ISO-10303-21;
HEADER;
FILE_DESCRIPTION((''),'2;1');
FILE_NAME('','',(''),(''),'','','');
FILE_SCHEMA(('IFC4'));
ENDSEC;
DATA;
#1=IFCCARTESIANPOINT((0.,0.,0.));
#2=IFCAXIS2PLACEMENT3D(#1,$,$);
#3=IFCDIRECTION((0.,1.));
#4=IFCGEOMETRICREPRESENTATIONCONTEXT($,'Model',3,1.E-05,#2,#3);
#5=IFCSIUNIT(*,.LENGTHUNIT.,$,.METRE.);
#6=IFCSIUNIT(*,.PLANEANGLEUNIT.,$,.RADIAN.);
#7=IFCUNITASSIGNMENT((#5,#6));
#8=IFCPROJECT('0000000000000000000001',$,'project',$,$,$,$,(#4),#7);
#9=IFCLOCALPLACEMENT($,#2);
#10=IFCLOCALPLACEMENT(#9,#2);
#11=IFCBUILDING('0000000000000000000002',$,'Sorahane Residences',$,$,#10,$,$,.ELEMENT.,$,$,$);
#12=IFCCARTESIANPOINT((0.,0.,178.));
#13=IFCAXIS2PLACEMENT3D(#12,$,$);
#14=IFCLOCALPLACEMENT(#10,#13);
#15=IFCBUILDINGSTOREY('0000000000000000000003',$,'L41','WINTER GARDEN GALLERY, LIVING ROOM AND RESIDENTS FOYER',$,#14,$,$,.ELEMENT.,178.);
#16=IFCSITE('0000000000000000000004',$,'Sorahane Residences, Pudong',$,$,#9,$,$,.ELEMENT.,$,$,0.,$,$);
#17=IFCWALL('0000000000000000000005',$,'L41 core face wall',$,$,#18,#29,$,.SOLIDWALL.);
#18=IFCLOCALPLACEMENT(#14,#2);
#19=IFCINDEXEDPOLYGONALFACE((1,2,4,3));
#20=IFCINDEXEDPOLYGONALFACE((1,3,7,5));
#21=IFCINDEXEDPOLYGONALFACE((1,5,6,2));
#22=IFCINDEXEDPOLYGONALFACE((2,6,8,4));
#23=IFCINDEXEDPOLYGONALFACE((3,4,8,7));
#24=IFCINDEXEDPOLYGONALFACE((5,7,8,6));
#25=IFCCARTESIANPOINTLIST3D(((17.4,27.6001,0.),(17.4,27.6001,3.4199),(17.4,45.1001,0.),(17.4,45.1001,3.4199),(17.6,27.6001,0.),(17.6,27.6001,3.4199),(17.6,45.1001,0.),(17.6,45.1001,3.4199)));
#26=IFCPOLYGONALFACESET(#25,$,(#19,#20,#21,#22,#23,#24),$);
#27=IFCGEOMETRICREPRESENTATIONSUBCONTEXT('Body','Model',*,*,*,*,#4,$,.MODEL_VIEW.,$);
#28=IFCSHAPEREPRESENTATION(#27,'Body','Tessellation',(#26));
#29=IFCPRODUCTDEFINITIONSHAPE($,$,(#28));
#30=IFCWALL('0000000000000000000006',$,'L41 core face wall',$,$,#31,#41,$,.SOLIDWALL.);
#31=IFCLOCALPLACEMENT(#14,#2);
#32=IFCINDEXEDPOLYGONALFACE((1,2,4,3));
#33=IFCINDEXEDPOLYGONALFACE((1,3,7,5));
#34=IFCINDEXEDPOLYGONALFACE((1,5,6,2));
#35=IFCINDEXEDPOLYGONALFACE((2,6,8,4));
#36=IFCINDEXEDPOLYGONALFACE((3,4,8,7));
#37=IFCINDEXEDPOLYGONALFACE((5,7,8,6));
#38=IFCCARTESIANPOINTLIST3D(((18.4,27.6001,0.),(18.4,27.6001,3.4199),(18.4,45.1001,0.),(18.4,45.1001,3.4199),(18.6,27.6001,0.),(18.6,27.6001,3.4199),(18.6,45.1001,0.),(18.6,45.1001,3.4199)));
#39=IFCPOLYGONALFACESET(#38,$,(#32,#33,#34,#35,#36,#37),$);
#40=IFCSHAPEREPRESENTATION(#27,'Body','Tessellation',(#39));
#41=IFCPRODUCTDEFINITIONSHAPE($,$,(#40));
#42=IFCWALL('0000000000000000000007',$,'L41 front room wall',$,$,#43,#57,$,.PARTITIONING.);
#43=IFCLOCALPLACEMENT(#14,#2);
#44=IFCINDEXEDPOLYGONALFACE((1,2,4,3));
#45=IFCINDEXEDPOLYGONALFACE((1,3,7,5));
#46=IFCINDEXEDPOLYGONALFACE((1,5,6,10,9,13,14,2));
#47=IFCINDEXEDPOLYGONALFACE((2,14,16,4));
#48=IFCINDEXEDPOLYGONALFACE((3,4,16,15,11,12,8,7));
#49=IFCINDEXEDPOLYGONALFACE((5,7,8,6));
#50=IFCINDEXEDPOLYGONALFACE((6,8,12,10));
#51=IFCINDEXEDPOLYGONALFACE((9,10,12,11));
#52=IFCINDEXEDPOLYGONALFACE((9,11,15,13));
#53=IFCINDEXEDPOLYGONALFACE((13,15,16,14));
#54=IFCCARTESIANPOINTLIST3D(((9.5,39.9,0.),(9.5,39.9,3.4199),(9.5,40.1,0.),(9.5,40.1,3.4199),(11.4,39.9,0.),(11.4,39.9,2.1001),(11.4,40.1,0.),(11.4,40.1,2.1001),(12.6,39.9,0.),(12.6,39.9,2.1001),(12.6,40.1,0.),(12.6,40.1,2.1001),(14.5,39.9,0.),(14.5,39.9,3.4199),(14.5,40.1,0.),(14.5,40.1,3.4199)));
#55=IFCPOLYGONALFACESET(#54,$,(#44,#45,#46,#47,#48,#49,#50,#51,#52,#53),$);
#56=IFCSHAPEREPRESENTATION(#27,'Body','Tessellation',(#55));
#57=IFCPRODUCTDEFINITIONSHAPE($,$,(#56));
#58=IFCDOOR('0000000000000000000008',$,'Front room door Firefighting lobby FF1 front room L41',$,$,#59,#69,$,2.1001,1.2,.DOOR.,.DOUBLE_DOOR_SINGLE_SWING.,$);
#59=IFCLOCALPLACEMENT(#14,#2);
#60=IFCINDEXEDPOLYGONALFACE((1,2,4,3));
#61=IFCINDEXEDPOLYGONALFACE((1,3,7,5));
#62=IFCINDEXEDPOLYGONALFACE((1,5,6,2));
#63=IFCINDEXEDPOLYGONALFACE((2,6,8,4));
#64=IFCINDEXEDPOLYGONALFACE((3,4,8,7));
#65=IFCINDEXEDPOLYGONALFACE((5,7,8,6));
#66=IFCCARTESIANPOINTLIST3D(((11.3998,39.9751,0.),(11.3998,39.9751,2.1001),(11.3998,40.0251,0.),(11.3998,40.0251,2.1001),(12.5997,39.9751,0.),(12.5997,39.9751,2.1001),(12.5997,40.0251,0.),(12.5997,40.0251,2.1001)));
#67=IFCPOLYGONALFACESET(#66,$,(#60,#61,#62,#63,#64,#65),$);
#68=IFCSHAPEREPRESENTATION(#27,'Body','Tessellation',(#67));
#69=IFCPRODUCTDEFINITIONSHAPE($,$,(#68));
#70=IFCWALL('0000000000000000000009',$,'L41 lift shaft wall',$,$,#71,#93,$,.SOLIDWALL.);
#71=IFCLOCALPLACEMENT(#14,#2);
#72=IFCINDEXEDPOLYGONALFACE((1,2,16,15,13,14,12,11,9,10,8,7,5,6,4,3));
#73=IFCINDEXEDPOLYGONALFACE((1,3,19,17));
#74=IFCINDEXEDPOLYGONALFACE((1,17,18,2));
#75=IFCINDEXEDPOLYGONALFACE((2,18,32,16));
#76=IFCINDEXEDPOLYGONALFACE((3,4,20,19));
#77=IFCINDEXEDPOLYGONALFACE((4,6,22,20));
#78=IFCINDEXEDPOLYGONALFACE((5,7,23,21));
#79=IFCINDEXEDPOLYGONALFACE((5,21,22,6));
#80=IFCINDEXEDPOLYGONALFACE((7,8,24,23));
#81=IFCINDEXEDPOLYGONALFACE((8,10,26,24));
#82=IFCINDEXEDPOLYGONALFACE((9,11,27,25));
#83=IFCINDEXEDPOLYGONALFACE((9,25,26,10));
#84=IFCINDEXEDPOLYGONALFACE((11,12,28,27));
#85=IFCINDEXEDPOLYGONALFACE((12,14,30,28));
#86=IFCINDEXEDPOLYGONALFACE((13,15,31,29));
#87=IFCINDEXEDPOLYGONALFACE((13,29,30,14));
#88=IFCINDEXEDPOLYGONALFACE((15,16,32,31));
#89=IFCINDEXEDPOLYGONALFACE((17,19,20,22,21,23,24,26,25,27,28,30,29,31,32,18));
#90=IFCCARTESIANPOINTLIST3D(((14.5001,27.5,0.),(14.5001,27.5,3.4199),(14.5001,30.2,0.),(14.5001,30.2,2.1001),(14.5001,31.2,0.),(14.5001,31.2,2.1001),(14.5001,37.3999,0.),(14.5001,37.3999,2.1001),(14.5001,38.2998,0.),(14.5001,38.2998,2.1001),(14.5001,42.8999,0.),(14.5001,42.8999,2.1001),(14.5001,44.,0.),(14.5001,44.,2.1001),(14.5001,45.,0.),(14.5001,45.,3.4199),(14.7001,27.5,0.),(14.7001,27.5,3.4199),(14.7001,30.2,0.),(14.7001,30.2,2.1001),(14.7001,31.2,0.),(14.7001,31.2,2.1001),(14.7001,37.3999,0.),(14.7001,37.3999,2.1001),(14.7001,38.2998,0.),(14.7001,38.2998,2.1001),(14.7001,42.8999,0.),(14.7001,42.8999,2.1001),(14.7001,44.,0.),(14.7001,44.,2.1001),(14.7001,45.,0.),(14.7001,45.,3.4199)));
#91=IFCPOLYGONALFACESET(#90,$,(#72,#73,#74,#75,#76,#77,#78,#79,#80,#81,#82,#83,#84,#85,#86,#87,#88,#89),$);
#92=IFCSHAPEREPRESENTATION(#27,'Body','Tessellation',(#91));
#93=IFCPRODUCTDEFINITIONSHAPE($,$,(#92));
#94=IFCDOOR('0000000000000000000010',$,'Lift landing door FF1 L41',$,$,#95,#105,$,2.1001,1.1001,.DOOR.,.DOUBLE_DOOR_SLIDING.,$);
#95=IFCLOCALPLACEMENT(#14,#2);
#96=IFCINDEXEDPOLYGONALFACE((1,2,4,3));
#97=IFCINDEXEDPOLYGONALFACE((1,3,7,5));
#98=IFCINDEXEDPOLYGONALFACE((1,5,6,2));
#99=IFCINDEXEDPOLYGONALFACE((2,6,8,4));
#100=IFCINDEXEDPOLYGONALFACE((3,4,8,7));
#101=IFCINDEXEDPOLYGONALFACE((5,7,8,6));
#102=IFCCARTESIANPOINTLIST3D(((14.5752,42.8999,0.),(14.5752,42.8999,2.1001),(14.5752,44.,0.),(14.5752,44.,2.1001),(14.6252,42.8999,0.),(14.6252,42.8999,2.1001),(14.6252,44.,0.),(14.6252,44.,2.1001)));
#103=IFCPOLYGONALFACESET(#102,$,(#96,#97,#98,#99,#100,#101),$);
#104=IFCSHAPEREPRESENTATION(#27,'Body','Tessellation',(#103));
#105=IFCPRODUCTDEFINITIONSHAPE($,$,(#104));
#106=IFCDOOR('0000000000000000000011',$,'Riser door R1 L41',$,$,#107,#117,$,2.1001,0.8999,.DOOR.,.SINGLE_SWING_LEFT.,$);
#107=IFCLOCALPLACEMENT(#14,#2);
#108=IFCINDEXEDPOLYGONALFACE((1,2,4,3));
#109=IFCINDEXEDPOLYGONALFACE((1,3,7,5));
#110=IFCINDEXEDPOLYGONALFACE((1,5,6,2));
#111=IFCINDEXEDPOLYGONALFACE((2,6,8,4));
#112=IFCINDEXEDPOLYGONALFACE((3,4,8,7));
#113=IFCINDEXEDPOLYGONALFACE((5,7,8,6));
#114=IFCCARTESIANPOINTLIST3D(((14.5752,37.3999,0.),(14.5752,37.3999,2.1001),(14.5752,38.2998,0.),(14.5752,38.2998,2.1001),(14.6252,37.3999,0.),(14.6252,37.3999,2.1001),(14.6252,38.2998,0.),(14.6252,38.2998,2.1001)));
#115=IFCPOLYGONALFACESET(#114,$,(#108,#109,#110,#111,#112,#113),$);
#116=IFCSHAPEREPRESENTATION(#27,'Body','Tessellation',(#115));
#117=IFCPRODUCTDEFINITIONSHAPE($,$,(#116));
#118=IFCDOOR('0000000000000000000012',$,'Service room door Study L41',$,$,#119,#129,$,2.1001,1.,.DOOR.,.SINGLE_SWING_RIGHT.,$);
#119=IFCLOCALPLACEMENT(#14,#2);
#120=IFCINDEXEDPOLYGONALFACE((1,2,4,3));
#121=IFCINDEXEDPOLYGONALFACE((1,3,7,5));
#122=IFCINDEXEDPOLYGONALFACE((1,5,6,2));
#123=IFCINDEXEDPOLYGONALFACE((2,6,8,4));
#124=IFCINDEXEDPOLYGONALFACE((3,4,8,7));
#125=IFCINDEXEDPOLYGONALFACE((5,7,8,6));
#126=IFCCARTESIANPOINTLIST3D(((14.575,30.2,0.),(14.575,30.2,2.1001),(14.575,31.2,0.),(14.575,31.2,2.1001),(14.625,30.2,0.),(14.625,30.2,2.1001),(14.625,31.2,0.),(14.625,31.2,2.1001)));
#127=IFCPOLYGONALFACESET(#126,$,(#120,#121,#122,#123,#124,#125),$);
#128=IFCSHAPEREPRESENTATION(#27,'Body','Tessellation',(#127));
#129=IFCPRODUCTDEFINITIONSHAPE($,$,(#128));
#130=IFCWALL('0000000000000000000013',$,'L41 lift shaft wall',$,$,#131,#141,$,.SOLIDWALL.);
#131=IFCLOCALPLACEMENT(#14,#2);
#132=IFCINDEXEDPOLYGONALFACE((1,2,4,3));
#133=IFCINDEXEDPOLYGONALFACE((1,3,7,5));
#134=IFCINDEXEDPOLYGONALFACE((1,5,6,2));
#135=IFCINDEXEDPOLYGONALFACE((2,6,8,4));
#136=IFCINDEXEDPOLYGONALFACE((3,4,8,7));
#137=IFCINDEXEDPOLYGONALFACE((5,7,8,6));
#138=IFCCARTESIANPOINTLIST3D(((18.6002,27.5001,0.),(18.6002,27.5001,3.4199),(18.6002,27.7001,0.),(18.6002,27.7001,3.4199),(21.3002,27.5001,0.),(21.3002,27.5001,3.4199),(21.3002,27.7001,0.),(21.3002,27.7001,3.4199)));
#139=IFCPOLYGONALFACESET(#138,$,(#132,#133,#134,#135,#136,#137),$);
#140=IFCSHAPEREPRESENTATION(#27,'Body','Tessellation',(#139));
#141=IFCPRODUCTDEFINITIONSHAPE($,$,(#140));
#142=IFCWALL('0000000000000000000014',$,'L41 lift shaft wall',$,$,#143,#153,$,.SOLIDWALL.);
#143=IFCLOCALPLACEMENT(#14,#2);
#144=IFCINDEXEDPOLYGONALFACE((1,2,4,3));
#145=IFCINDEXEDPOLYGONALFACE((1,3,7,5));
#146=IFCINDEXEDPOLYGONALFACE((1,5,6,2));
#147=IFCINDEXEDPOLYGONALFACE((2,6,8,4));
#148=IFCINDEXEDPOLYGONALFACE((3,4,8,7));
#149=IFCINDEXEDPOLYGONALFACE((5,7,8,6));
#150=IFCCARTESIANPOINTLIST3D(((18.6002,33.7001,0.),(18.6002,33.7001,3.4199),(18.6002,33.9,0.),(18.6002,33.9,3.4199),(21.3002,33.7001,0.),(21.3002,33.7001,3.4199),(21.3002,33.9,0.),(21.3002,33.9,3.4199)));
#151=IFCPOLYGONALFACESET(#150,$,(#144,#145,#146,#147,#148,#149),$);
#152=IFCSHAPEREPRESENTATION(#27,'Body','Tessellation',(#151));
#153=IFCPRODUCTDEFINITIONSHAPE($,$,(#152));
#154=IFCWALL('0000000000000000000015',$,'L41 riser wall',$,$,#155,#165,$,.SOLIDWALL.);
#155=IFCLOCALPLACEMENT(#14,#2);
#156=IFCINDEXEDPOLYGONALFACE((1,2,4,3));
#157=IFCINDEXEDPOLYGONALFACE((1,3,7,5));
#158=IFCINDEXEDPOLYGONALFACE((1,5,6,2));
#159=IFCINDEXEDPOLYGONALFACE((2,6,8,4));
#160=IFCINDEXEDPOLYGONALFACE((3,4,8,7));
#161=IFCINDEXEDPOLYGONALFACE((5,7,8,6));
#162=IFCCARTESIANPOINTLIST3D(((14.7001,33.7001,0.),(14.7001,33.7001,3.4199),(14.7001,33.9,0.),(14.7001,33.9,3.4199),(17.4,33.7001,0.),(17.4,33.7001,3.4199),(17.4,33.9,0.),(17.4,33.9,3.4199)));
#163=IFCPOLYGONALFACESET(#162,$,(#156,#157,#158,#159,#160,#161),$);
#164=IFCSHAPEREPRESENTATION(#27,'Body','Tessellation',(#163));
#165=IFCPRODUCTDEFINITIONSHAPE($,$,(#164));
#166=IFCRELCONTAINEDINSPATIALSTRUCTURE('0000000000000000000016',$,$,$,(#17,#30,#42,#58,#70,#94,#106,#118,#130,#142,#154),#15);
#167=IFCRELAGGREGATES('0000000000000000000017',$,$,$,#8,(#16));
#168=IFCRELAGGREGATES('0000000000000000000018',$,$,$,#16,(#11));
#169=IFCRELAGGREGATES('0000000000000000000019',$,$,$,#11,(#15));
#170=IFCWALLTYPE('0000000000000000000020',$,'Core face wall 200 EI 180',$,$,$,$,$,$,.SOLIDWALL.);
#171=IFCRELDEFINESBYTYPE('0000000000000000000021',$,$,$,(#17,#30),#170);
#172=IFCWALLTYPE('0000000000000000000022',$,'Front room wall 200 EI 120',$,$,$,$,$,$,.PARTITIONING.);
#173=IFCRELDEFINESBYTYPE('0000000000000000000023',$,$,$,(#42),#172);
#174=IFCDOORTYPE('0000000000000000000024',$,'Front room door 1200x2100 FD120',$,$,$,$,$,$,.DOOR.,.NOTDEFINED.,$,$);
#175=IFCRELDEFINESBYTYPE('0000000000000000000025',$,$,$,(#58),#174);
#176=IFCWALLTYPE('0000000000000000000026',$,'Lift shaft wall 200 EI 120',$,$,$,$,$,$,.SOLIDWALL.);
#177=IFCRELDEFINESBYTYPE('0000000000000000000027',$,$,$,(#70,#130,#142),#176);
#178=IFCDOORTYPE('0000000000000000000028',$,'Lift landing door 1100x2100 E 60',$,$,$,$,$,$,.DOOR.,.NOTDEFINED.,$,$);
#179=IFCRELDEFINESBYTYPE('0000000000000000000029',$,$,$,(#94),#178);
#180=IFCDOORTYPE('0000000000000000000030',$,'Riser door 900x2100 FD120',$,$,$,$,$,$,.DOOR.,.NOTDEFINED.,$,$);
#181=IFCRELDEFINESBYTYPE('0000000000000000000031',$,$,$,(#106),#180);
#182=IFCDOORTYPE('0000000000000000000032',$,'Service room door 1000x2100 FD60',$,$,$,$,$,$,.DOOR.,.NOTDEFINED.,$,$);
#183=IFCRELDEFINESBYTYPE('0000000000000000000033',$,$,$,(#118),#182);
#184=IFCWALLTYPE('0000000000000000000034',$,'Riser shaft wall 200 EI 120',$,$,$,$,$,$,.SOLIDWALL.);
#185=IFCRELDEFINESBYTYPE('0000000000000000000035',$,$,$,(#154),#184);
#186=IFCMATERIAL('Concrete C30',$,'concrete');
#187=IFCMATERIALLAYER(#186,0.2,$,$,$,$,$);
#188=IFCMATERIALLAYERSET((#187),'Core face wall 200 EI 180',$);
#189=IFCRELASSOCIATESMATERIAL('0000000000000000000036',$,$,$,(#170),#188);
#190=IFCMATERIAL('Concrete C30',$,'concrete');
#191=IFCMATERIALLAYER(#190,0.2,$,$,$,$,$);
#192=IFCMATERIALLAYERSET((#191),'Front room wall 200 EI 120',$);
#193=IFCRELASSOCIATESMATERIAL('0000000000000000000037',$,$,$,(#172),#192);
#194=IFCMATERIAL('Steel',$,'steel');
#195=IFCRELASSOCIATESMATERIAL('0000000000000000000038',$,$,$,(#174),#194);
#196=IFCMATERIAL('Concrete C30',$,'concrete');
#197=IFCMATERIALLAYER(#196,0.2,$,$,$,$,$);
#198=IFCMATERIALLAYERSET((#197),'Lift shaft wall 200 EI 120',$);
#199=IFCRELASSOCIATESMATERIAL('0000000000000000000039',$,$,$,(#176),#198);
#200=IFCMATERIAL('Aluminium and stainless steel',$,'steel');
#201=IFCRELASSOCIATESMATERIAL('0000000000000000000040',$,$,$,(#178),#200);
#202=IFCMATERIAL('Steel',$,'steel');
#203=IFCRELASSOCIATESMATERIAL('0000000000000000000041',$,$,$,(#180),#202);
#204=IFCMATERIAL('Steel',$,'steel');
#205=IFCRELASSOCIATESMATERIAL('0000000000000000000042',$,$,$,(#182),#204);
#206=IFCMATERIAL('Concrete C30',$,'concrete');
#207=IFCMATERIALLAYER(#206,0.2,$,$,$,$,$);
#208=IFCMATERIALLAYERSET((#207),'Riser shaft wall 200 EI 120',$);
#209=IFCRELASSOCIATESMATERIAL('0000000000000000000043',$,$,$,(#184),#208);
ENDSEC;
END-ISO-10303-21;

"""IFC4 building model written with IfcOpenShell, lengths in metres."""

from ifc_helpers import new_model, si_unit, direction, frame, frame_2d, origin, place, context, subcontext, project, spatial, rectangle, extrude, material, layer, layer_set, type_object, element, fill, save


model = new_model("IFC4")

# Units and contexts
model_context = context("Model", 3, precision=1e-05, world=origin(), true_north=direction((0.0, 1.0)))
body_context = subcontext(model_context, "Body", "Model", "MODEL_VIEW")
ifc_project = project(units=[si_unit("LENGTHUNIT", "METRE"), si_unit("PLANEANGLEUNIT", "RADIAN")], contexts=[model_context])

# Site, building, storey
site_placement = place(None, origin())
site = spatial("IfcSite", under=ifc_project, at=site_placement, Name="Sorahane Residences, Pudong", CompositionType="ELEMENT", RefElevation=0.0)
building_placement = place(site_placement, origin())
building = spatial("IfcBuilding", under=site, at=building_placement, Name="Sorahane Residences", CompositionType="ELEMENT")
storey_placement = place(building_placement, frame((0.0, 0.0, 178.0)))
storey = spatial("IfcBuildingStorey", under=building, at=storey_placement, Name="L41", Description="WINTER GARDEN GALLERY, LIVING ROOM AND RESIDENTS FOYER", CompositionType="ELEMENT", Elevation=178.0)

# Walls
ifc_material_1 = material(Name="Concrete C30", Category="concrete")
ifc_layer_1 = layer(ifc_material_1, 0.2)
ifc_layer_set_1 = layer_set([ifc_layer_1], Name="Core face wall 200 EI 180")
wall_type_1 = type_object("IfcWallType", Name="Core face wall 200 EI 180", PredefinedType="SOLIDWALL", material=ifc_layer_set_1)
for number, where, z_axis, x_axis, name in (
    (1, (17.5, 27.6001, 0.0), (0.0, 0.0, 1.0), (0.0, 1.0, 0.0), "L41 core face wall"),
    (2, (18.5, 27.6001, 0.0), (0.0, 0.0, 1.0), (0.0, 1.0, 0.0), "L41 core face wall"),
):
    element("IfcWall", number, at=place(storey_placement, frame(where, z_axis=z_axis, x_axis=x_axis)), inside=storey, type_object=wall_type_1, Name=name, PredefinedType="SOLIDWALL", context=body_context, shape_type="SweptSolid", body=[
        extrude(rectangle(XDim=17.5, YDim=0.2, at=frame_2d((8.75, 0.0))), origin(), (0.0, 0.0, 1.0), 3.4199),
    ])

# Wall, opening, door
ifc_material_2 = material(Name="Concrete C30", Category="concrete")
ifc_layer_2 = layer(ifc_material_2, 0.2)
ifc_layer_set_2 = layer_set([ifc_layer_2], Name="Front room wall 200 EI 120")
wall_type_2 = type_object("IfcWallType", Name="Front room wall 200 EI 120", PredefinedType="PARTITIONING", material=ifc_layer_set_2)
wall_1_placement = place(storey_placement, frame((9.5, 40.0, 0.0), z_axis=(0.0, 0.0, 1.0), x_axis=(1.0, 0.0, 0.0)))
wall_1 = element("IfcWall", 3, at=wall_1_placement, inside=storey, type_object=wall_type_2, Name="L41 front room wall", PredefinedType="PARTITIONING", context=body_context, shape_type="SweptSolid", body=[
    extrude(rectangle(XDim=5.0, YDim=0.2, at=frame_2d((2.5, 0.0))), origin(), (0.0, 0.0, 1.0), 3.4199),
])
opening_1_placement = place(wall_1_placement, frame((1.8999, 0.0, 0.0)))
opening_1 = element("IfcOpeningElement", 4, at=opening_1_placement, cuts=wall_1, PredefinedType="OPENING", context=body_context, shape_type="SweptSolid", body=[
    extrude(rectangle(XDim=1.2, YDim=2.1001, at=frame_2d((0.6001, 1.05))), frame((0.0, 0.1099, 0.0), z_axis=(0.0, -1.0, 0.0), x_axis=(1.0, 0.0, 0.0)), (0.0, 0.0, 1.0), 0.22),
])
ifc_material_3 = material(Name="Steel", Category="steel")
door_type_1 = type_object("IfcDoorType", Name="Front room door 1200x2100 FD120", OperationType="NOTDEFINED", PredefinedType="DOOR", material=ifc_material_3)
door_1_placement = place(opening_1_placement, frame((1.2, 0.0, 0.0), z_axis=(0.0, 0.0, 1.0), x_axis=(-1.0, 0.0, 0.0)))
door_1 = element("IfcDoor", 5, at=door_1_placement, inside=storey, type_object=door_type_1, Name="Front room door Firefighting lobby FF1 front room L41", OperationType="DOUBLE_DOOR_SINGLE_SWING", OverallHeight=2.1001, OverallWidth=1.2, PredefinedType="DOOR", context=body_context, shape_type="SweptSolid", body=[
    extrude(rectangle(XDim=1.2, YDim=2.1001, at=frame_2d((0.6001, 1.05))), frame((0.0, 0.0249, 0.0), z_axis=(0.0, -1.0, 0.0), x_axis=(1.0, 0.0, 0.0)), (0.0, 0.0, 1.0), 0.05),
])
fill(opening_1, door_1)

# Wall, openings, doors
ifc_material_4 = material(Name="Concrete C30", Category="concrete")
ifc_layer_3 = layer(ifc_material_4, 0.2)
ifc_layer_set_3 = layer_set([ifc_layer_3], Name="Lift shaft wall 200 EI 120")
wall_type_3 = type_object("IfcWallType", Name="Lift shaft wall 200 EI 120", PredefinedType="SOLIDWALL", material=ifc_layer_set_3)
wall_2_placement = place(storey_placement, frame((14.6001, 27.5, 0.0), z_axis=(0.0, 0.0, 1.0), x_axis=(0.0, 1.0, 0.0)))
wall_2 = element("IfcWall", 6, at=wall_2_placement, inside=storey, type_object=wall_type_3, Name="L41 lift shaft wall", PredefinedType="SOLIDWALL", context=body_context, shape_type="SweptSolid", body=[
    extrude(rectangle(XDim=17.5, YDim=0.2, at=frame_2d((8.75, 0.0))), origin(), (0.0, 0.0, 1.0), 3.4199),
])
opening_2_placement = place(wall_2_placement, frame((15.3999, 0.0, 0.0)))
opening_2 = element("IfcOpeningElement", 7, at=opening_2_placement, cuts=wall_2, PredefinedType="OPENING", context=body_context, shape_type="SweptSolid", body=[
    extrude(rectangle(XDim=1.1001, YDim=2.1001, at=frame_2d((0.55, 1.05))), frame((0.0, 0.1099, 0.0), z_axis=(0.0, -1.0, 0.0), x_axis=(1.0, 0.0, 0.0)), (0.0, 0.0, 1.0), 0.22),
])
opening_3_placement = place(wall_2_placement, frame((2.7, 0.0, 0.0)))
opening_3 = element("IfcOpeningElement", 8, at=opening_3_placement, cuts=wall_2, PredefinedType="OPENING", context=body_context, shape_type="SweptSolid", body=[
    extrude(rectangle(XDim=1.0, YDim=2.1001, at=frame_2d((0.5, 1.05))), frame((0.0, 0.1099, 0.0), z_axis=(0.0, -1.0, 0.0), x_axis=(1.0, 0.0, 0.0)), (0.0, 0.0, 1.0), 0.22),
])
opening_4_placement = place(wall_2_placement, frame((9.8999, 0.0, 0.0)))
opening_4 = element("IfcOpeningElement", 9, at=opening_4_placement, cuts=wall_2, PredefinedType="OPENING", context=body_context, shape_type="SweptSolid", body=[
    extrude(rectangle(XDim=0.8999, YDim=2.1001, at=frame_2d((0.45, 1.05))), frame((0.0, 0.1099, 0.0), z_axis=(0.0, -1.0, 0.0), x_axis=(1.0, 0.0, 0.0)), (0.0, 0.0, 1.0), 0.22),
])
ifc_material_5 = material(Name="Aluminium and stainless steel", Category="steel")
door_type_2 = type_object("IfcDoorType", Name="Lift landing door 1100x2100 E 60", OperationType="NOTDEFINED", PredefinedType="DOOR", material=ifc_material_5)
door_2_placement = place(opening_2_placement, origin())
door_2 = element("IfcDoor", 10, at=door_2_placement, inside=storey, type_object=door_type_2, Name="Lift landing door FF1 L41", OperationType="DOUBLE_DOOR_SLIDING", OverallHeight=2.1001, OverallWidth=1.1001, PredefinedType="DOOR", context=body_context, shape_type="SweptSolid", body=[
    extrude(rectangle(XDim=1.1001, YDim=2.1001, at=frame_2d((0.55, 1.05))), frame((0.0, 0.0249, 0.0), z_axis=(0.0, -1.0, 0.0), x_axis=(1.0, 0.0, 0.0)), (0.0, 0.0, 1.0), 0.05),
])
fill(opening_2, door_2)
ifc_material_6 = material(Name="Steel", Category="steel")
door_type_3 = type_object("IfcDoorType", Name="Riser door 900x2100 FD120", OperationType="NOTDEFINED", PredefinedType="DOOR", material=ifc_material_6)
door_3_placement = place(opening_4_placement, origin())
door_3 = element("IfcDoor", 11, at=door_3_placement, inside=storey, type_object=door_type_3, Name="Riser door R1 L41", OperationType="SINGLE_SWING_LEFT", OverallHeight=2.1001, OverallWidth=0.8999, PredefinedType="DOOR", context=body_context, shape_type="SweptSolid", body=[
    extrude(rectangle(XDim=0.8999, YDim=2.1001, at=frame_2d((0.45, 1.05))), frame((0.0, 0.0249, 0.0), z_axis=(0.0, -1.0, 0.0), x_axis=(1.0, 0.0, 0.0)), (0.0, 0.0, 1.0), 0.05),
])
fill(opening_4, door_3)
ifc_material_7 = material(Name="Steel", Category="steel")
door_type_4 = type_object("IfcDoorType", Name="Service room door 1000x2100 FD60", OperationType="NOTDEFINED", PredefinedType="DOOR", material=ifc_material_7)
door_4_placement = place(opening_3_placement, frame((1.0, 0.0, 0.0), z_axis=(0.0, 0.0, 1.0), x_axis=(-1.0, 0.0, 0.0)))
door_4 = element("IfcDoor", 12, at=door_4_placement, inside=storey, type_object=door_type_4, Name="Service room door Study L41", OperationType="SINGLE_SWING_RIGHT", OverallHeight=2.1001, OverallWidth=1.0, PredefinedType="DOOR", context=body_context, shape_type="SweptSolid", body=[
    extrude(rectangle(XDim=1.0, YDim=2.1001, at=frame_2d((0.5, 1.05))), frame((0.0, 0.0249, 0.0), z_axis=(0.0, -1.0, 0.0), x_axis=(1.0, 0.0, 0.0)), (0.0, 0.0, 1.0), 0.05),
])
fill(opening_3, door_4)

# Walls
for number, where, z_axis, x_axis, name in (
    (13, (18.6001, 27.6001, 0.0), (0.0, 0.0, 1.0), (1.0, 0.0, 0.0), "L41 lift shaft wall"),
    (14, (18.6001, 33.8, 0.0), (0.0, 0.0, 1.0), (1.0, 0.0, 0.0), "L41 lift shaft wall"),
):
    element("IfcWall", number, at=place(storey_placement, frame(where, z_axis=z_axis, x_axis=x_axis)), inside=storey, type_object=wall_type_3, Name=name, PredefinedType="SOLIDWALL", context=body_context, shape_type="SweptSolid", body=[
        extrude(rectangle(XDim=2.7, YDim=0.2, at=frame_2d((1.3501, 0.0))), origin(), (0.0, 0.0, 1.0), 3.4199),
    ])
ifc_material_8 = material(Name="Concrete C30", Category="concrete")
ifc_layer_4 = layer(ifc_material_8, 0.2)
ifc_layer_set_4 = layer_set([ifc_layer_4], Name="Riser shaft wall 200 EI 120")
wall_type_4 = type_object("IfcWallType", Name="Riser shaft wall 200 EI 120", PredefinedType="SOLIDWALL", material=ifc_layer_set_4)
wall_3_placement = place(storey_placement, frame((14.7, 33.8, 0.0), z_axis=(0.0, 0.0, 1.0), x_axis=(1.0, 0.0, 0.0)))
element("IfcWall", 15, at=wall_3_placement, inside=storey, type_object=wall_type_4, Name="L41 riser wall", PredefinedType="SOLIDWALL", context=body_context, shape_type="SweptSolid", body=[
    extrude(rectangle(XDim=2.7, YDim=0.2, at=frame_2d((1.3501, 0.0))), origin(), (0.0, 0.0, 1.0), 3.4199),
])

save(model, "model.ifc")
